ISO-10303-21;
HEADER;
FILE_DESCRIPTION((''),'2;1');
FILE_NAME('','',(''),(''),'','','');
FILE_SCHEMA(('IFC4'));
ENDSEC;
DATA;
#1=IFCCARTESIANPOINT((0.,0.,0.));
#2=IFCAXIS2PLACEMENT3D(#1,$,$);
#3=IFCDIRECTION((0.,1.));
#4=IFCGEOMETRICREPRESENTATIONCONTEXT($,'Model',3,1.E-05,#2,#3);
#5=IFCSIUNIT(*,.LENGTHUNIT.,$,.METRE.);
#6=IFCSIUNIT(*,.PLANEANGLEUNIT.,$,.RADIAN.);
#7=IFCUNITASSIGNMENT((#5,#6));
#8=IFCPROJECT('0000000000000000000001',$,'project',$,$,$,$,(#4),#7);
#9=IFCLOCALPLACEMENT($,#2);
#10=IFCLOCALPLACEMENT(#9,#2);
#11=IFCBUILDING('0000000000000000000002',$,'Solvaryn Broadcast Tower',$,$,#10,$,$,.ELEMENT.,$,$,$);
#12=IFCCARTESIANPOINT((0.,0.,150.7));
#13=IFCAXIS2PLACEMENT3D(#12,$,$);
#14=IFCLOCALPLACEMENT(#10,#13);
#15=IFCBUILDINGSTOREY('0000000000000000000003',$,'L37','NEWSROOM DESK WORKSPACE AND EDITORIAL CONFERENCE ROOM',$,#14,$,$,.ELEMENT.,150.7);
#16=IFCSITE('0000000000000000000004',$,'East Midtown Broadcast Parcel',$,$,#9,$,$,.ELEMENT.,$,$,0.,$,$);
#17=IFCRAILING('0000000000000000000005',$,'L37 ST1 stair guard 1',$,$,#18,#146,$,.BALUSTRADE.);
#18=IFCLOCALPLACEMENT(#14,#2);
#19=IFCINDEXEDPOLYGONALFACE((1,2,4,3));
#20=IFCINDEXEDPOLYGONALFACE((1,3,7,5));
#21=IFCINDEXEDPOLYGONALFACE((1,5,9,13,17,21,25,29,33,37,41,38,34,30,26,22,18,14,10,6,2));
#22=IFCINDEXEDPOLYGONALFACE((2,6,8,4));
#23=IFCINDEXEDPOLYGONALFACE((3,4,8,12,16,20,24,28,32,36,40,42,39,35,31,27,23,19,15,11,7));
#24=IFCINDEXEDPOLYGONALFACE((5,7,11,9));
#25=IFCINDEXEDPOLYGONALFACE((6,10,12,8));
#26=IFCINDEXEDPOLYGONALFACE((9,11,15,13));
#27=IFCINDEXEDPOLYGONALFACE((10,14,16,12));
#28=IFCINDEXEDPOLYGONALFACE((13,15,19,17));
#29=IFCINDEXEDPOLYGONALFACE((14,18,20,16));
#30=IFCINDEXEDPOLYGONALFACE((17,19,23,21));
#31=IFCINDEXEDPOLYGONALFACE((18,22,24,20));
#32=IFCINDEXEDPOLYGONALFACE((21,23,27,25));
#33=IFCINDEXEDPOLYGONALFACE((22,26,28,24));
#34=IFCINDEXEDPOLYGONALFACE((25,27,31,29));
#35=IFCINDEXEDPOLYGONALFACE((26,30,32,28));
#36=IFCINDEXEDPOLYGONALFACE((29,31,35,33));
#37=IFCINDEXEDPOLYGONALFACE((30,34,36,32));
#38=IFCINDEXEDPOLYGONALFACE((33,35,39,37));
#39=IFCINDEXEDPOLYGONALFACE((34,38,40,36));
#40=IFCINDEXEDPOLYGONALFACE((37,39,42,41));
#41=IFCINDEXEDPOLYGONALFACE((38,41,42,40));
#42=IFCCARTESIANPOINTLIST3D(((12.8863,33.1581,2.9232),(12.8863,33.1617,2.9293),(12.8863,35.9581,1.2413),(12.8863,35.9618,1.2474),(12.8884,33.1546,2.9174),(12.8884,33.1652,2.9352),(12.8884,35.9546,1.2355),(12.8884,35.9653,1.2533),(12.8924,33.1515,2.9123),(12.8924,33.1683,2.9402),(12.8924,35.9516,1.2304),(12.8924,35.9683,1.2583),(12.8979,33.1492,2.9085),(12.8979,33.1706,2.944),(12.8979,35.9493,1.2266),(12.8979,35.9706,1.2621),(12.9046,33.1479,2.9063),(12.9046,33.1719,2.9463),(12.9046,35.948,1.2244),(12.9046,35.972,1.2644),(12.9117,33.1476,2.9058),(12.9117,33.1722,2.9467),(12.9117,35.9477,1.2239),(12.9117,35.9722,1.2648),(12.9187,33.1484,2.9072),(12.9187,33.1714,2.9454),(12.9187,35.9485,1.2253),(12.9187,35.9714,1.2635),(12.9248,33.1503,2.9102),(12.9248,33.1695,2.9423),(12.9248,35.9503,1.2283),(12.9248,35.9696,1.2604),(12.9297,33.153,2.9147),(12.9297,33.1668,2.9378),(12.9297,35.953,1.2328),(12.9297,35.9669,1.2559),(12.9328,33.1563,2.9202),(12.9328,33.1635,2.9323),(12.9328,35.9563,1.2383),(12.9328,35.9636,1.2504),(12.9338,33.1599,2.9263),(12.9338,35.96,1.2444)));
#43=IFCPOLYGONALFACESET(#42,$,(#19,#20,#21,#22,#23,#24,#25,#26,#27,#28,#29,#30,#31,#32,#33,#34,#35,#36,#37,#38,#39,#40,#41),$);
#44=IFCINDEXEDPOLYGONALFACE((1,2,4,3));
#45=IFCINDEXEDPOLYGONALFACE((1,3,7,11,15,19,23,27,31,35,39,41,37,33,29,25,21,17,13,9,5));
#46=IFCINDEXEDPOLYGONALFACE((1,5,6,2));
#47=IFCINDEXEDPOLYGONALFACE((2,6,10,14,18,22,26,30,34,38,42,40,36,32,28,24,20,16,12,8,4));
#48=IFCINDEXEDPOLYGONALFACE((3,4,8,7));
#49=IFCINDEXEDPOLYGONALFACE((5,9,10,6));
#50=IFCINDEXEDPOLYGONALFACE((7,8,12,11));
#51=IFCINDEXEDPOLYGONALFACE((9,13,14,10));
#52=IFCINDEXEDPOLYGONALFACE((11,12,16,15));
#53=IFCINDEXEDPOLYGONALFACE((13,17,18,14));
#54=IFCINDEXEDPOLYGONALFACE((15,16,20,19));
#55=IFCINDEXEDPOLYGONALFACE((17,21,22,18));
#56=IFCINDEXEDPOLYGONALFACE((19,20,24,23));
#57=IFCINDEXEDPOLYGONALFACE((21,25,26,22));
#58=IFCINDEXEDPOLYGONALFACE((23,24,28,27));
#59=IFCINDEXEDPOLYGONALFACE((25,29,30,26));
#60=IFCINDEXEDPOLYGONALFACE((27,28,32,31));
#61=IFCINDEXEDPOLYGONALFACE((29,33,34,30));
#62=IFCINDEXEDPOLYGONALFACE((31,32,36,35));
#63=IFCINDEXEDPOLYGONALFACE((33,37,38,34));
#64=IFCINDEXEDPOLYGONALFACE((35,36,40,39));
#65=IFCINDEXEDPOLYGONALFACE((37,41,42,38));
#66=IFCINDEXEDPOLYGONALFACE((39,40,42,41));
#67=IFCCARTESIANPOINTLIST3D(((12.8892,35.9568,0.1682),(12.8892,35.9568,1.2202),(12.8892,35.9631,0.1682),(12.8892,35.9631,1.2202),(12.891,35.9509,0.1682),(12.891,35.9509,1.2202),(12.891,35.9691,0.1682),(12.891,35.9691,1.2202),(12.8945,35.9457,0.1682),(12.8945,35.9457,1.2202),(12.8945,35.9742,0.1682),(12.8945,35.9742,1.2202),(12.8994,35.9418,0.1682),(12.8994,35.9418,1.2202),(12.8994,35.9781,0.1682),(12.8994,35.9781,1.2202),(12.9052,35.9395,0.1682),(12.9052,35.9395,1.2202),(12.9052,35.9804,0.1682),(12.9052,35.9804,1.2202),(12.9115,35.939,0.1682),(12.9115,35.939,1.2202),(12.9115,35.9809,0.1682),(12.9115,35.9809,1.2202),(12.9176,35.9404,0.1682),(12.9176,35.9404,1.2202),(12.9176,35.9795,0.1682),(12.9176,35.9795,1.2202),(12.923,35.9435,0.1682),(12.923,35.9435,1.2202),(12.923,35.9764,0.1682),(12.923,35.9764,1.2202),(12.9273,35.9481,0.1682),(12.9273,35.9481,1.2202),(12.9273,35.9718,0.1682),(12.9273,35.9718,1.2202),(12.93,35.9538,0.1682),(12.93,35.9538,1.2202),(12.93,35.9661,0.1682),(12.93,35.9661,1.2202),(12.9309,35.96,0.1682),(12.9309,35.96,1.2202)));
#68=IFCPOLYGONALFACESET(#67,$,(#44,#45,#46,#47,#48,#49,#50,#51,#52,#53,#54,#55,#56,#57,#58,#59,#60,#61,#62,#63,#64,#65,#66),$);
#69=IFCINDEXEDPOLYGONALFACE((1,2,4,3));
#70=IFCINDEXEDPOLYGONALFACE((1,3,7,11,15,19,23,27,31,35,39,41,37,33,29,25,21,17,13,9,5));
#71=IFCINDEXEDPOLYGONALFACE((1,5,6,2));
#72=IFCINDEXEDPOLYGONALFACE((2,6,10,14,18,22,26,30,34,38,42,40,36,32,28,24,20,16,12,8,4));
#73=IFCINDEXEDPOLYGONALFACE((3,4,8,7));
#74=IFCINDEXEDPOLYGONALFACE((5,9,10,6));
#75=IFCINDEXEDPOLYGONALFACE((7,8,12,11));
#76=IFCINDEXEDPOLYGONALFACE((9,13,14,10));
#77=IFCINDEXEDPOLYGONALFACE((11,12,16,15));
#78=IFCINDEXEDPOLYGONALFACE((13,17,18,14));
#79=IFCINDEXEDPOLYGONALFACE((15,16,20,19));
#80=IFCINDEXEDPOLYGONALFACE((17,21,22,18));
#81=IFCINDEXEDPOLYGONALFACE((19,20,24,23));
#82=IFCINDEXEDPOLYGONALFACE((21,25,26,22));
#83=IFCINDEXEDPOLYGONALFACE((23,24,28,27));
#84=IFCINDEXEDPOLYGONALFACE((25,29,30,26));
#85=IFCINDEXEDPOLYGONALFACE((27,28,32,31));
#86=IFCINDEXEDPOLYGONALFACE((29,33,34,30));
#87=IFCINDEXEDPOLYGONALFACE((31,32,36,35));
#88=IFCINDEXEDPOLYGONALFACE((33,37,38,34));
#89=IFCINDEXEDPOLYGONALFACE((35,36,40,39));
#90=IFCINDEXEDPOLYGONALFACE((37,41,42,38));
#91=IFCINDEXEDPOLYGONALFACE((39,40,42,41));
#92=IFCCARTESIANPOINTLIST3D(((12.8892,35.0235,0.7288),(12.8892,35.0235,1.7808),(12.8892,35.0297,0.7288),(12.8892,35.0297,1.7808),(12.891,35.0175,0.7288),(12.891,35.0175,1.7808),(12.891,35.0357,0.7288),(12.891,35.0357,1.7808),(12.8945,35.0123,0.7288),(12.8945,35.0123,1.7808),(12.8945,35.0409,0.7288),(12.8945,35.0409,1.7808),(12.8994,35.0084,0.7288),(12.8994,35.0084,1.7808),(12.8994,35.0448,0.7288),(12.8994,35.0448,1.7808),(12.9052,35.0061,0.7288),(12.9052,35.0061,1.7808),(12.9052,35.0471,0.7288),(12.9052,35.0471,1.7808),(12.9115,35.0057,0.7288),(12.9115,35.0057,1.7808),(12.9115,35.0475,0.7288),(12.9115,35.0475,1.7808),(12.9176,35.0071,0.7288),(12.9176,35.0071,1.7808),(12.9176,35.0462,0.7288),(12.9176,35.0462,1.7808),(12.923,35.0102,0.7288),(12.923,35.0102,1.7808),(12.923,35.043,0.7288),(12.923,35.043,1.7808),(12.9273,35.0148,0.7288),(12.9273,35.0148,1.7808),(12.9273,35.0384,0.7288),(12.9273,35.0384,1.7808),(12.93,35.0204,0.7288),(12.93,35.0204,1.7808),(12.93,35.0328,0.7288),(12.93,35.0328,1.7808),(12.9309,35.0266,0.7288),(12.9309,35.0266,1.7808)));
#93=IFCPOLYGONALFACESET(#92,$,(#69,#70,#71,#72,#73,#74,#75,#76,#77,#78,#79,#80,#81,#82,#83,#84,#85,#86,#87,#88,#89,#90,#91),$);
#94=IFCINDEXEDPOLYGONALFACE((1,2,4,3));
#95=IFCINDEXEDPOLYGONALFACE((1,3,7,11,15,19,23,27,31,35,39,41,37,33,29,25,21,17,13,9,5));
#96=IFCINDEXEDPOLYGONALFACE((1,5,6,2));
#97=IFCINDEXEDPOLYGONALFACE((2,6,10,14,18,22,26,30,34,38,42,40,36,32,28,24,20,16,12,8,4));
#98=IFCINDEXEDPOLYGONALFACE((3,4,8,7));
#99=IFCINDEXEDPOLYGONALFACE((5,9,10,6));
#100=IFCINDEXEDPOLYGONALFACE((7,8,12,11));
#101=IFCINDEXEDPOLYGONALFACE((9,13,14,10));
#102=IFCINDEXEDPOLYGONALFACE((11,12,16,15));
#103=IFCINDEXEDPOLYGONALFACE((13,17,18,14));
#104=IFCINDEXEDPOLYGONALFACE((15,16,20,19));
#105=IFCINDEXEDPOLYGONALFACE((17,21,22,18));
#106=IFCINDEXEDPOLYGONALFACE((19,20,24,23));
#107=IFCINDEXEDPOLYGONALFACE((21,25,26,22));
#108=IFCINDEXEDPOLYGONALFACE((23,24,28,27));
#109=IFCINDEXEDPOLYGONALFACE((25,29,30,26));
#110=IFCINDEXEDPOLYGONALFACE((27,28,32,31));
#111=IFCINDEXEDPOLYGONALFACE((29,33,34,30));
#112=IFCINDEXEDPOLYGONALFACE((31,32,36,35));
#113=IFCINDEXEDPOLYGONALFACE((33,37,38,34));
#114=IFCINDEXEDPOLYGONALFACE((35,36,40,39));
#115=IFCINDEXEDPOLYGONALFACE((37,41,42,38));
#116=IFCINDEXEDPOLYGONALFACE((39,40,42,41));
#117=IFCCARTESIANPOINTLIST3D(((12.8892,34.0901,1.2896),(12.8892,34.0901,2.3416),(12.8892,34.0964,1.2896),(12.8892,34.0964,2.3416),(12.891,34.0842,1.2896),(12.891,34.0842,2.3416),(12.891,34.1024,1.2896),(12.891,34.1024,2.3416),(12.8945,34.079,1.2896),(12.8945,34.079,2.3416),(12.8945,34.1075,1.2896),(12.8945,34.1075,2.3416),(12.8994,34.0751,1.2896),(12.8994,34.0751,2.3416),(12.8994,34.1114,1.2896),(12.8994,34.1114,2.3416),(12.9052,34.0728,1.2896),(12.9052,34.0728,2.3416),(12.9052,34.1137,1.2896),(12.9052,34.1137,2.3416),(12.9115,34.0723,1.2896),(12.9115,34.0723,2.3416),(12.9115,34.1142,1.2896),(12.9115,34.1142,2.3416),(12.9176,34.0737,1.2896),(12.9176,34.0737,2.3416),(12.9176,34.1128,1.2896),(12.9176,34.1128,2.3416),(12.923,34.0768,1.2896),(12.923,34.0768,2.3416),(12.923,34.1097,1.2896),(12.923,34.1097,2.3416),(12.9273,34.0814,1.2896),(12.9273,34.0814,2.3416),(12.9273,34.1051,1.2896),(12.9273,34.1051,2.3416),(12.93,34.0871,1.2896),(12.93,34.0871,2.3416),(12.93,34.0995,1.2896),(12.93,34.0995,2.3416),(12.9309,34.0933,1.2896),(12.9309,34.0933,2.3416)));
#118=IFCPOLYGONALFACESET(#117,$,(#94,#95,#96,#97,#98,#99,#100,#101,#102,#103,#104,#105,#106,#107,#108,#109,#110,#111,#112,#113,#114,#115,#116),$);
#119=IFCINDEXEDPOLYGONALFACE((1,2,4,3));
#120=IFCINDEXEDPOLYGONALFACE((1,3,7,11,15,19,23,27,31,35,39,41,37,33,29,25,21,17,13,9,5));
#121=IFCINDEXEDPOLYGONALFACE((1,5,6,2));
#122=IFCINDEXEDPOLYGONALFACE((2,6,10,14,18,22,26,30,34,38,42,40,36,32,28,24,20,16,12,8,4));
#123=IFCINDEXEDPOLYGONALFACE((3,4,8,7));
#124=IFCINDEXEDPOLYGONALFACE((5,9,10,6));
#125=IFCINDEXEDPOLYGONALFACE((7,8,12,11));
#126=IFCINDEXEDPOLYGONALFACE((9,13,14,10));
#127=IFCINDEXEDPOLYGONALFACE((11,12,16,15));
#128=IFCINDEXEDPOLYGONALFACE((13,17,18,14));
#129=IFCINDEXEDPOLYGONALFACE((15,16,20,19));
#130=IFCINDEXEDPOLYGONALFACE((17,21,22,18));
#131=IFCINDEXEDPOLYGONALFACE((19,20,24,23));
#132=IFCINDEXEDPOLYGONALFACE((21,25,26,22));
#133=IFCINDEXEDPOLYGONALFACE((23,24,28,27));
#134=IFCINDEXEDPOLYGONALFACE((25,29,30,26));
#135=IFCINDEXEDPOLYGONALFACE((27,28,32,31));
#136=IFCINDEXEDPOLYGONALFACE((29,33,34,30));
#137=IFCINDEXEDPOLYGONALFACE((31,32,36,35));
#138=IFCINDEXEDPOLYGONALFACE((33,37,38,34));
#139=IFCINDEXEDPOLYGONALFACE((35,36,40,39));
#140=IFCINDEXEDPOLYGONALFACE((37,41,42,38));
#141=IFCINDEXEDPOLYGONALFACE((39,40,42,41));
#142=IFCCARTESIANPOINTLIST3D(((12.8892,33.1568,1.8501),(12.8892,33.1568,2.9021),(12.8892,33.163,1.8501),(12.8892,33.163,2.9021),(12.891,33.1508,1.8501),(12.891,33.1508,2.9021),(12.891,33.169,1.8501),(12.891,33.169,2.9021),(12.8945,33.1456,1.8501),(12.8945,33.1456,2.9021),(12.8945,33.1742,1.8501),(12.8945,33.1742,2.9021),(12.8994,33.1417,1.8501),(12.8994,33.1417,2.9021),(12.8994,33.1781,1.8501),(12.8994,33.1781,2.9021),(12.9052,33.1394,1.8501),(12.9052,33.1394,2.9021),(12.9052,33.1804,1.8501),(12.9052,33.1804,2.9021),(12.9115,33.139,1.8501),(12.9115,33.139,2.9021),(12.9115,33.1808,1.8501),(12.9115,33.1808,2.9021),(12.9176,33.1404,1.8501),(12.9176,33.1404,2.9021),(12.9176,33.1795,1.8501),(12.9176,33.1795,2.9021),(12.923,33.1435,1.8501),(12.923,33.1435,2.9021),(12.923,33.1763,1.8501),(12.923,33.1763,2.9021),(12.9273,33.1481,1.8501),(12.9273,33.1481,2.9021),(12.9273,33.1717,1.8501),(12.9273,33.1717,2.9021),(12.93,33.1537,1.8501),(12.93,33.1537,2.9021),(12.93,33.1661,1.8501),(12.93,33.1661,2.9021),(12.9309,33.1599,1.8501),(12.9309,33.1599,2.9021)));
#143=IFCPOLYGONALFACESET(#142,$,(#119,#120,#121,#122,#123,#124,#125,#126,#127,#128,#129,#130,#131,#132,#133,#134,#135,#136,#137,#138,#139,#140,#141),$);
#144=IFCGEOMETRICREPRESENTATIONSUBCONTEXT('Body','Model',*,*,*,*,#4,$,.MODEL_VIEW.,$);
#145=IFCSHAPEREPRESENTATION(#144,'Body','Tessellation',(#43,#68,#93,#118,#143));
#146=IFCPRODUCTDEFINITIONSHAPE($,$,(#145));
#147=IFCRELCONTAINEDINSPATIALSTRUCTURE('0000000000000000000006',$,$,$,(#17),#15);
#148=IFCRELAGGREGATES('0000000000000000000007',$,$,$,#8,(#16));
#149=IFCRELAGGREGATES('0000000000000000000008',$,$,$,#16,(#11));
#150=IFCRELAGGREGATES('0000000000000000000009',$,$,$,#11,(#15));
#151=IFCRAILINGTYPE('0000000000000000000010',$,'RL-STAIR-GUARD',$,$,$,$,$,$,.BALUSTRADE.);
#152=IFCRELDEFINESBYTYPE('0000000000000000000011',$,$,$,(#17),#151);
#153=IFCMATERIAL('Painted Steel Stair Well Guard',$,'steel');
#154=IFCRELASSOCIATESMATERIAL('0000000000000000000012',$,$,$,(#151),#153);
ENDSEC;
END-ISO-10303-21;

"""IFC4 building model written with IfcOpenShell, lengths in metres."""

from ifc_helpers import new_model, si_unit, direction, frame, origin, origin_2d, place, context, subcontext, project, spatial, circle, extrude, material, type_object, element, save


model = new_model("IFC4")

# Units and contexts
model_context = context("Model", 3, precision=1e-05, world=origin(), true_north=direction((0.0, 1.0)))
body_context = subcontext(model_context, "Body", "Model", "MODEL_VIEW")
ifc_project = project(units=[si_unit("LENGTHUNIT", "METRE"), si_unit("PLANEANGLEUNIT", "RADIAN")], contexts=[model_context])

# Site, building, storey
site_placement = place(None, origin())
site = spatial("IfcSite", under=ifc_project, at=site_placement, Name="East Midtown Broadcast Parcel", CompositionType="ELEMENT", RefElevation=0.0)
building_placement = place(site_placement, origin())
building = spatial("IfcBuilding", under=site, at=building_placement, Name="Solvaryn Broadcast Tower", CompositionType="ELEMENT")
storey_placement = place(building_placement, frame((0.0, 0.0, 150.7)))
storey = spatial("IfcBuildingStorey", under=building, at=storey_placement, Name="L37", Description="NEWSROOM DESK WORKSPACE AND EDITORIAL CONFERENCE ROOM", CompositionType="ELEMENT", Elevation=150.7)

# Railing
ifc_material_1 = material(Name="Painted Steel Stair Well Guard", Category="steel")
railing_type_1 = type_object("IfcRailingType", Name="RL-STAIR-GUARD", PredefinedType="BALUSTRADE", material=ifc_material_1)
railing_1_placement = place(storey_placement, frame((12.9099, 35.96, 0.1682)))
element("IfcRailing", 1, at=railing_1_placement, inside=storey, type_object=railing_type_1, Name="L37 ST1 stair guard 1", PredefinedType="BALUSTRADE", context=body_context, shape_type="SweptSolid", body=[
    extrude(circle(Radius=0.0239, at=origin_2d()), frame((0.0, 0.0, 1.0762), z_axis=(0.0, -0.857242, 0.514913), x_axis=(1.0, 0.0, 0.0)), (0.0, 0.0, 1.0), 3.2664),
    extrude(circle(Radius=0.021, at=origin_2d()), origin(), (0.0, 0.0, 1.0), 1.052),
    extrude(circle(Radius=0.021, at=origin_2d()), frame((0.0, -0.9333, 0.5605)), (0.0, 0.0, 1.0), 1.052),
    extrude(circle(Radius=0.021, at=origin_2d()), frame((0.0, -1.8667, 1.1213)), (0.0, 0.0, 1.0), 1.052),
    extrude(circle(Radius=0.021, at=origin_2d()), frame((0.0, -2.8, 1.6819)), (0.0, 0.0, 1.0), 1.052),
])

save(model, "model.ifc")
